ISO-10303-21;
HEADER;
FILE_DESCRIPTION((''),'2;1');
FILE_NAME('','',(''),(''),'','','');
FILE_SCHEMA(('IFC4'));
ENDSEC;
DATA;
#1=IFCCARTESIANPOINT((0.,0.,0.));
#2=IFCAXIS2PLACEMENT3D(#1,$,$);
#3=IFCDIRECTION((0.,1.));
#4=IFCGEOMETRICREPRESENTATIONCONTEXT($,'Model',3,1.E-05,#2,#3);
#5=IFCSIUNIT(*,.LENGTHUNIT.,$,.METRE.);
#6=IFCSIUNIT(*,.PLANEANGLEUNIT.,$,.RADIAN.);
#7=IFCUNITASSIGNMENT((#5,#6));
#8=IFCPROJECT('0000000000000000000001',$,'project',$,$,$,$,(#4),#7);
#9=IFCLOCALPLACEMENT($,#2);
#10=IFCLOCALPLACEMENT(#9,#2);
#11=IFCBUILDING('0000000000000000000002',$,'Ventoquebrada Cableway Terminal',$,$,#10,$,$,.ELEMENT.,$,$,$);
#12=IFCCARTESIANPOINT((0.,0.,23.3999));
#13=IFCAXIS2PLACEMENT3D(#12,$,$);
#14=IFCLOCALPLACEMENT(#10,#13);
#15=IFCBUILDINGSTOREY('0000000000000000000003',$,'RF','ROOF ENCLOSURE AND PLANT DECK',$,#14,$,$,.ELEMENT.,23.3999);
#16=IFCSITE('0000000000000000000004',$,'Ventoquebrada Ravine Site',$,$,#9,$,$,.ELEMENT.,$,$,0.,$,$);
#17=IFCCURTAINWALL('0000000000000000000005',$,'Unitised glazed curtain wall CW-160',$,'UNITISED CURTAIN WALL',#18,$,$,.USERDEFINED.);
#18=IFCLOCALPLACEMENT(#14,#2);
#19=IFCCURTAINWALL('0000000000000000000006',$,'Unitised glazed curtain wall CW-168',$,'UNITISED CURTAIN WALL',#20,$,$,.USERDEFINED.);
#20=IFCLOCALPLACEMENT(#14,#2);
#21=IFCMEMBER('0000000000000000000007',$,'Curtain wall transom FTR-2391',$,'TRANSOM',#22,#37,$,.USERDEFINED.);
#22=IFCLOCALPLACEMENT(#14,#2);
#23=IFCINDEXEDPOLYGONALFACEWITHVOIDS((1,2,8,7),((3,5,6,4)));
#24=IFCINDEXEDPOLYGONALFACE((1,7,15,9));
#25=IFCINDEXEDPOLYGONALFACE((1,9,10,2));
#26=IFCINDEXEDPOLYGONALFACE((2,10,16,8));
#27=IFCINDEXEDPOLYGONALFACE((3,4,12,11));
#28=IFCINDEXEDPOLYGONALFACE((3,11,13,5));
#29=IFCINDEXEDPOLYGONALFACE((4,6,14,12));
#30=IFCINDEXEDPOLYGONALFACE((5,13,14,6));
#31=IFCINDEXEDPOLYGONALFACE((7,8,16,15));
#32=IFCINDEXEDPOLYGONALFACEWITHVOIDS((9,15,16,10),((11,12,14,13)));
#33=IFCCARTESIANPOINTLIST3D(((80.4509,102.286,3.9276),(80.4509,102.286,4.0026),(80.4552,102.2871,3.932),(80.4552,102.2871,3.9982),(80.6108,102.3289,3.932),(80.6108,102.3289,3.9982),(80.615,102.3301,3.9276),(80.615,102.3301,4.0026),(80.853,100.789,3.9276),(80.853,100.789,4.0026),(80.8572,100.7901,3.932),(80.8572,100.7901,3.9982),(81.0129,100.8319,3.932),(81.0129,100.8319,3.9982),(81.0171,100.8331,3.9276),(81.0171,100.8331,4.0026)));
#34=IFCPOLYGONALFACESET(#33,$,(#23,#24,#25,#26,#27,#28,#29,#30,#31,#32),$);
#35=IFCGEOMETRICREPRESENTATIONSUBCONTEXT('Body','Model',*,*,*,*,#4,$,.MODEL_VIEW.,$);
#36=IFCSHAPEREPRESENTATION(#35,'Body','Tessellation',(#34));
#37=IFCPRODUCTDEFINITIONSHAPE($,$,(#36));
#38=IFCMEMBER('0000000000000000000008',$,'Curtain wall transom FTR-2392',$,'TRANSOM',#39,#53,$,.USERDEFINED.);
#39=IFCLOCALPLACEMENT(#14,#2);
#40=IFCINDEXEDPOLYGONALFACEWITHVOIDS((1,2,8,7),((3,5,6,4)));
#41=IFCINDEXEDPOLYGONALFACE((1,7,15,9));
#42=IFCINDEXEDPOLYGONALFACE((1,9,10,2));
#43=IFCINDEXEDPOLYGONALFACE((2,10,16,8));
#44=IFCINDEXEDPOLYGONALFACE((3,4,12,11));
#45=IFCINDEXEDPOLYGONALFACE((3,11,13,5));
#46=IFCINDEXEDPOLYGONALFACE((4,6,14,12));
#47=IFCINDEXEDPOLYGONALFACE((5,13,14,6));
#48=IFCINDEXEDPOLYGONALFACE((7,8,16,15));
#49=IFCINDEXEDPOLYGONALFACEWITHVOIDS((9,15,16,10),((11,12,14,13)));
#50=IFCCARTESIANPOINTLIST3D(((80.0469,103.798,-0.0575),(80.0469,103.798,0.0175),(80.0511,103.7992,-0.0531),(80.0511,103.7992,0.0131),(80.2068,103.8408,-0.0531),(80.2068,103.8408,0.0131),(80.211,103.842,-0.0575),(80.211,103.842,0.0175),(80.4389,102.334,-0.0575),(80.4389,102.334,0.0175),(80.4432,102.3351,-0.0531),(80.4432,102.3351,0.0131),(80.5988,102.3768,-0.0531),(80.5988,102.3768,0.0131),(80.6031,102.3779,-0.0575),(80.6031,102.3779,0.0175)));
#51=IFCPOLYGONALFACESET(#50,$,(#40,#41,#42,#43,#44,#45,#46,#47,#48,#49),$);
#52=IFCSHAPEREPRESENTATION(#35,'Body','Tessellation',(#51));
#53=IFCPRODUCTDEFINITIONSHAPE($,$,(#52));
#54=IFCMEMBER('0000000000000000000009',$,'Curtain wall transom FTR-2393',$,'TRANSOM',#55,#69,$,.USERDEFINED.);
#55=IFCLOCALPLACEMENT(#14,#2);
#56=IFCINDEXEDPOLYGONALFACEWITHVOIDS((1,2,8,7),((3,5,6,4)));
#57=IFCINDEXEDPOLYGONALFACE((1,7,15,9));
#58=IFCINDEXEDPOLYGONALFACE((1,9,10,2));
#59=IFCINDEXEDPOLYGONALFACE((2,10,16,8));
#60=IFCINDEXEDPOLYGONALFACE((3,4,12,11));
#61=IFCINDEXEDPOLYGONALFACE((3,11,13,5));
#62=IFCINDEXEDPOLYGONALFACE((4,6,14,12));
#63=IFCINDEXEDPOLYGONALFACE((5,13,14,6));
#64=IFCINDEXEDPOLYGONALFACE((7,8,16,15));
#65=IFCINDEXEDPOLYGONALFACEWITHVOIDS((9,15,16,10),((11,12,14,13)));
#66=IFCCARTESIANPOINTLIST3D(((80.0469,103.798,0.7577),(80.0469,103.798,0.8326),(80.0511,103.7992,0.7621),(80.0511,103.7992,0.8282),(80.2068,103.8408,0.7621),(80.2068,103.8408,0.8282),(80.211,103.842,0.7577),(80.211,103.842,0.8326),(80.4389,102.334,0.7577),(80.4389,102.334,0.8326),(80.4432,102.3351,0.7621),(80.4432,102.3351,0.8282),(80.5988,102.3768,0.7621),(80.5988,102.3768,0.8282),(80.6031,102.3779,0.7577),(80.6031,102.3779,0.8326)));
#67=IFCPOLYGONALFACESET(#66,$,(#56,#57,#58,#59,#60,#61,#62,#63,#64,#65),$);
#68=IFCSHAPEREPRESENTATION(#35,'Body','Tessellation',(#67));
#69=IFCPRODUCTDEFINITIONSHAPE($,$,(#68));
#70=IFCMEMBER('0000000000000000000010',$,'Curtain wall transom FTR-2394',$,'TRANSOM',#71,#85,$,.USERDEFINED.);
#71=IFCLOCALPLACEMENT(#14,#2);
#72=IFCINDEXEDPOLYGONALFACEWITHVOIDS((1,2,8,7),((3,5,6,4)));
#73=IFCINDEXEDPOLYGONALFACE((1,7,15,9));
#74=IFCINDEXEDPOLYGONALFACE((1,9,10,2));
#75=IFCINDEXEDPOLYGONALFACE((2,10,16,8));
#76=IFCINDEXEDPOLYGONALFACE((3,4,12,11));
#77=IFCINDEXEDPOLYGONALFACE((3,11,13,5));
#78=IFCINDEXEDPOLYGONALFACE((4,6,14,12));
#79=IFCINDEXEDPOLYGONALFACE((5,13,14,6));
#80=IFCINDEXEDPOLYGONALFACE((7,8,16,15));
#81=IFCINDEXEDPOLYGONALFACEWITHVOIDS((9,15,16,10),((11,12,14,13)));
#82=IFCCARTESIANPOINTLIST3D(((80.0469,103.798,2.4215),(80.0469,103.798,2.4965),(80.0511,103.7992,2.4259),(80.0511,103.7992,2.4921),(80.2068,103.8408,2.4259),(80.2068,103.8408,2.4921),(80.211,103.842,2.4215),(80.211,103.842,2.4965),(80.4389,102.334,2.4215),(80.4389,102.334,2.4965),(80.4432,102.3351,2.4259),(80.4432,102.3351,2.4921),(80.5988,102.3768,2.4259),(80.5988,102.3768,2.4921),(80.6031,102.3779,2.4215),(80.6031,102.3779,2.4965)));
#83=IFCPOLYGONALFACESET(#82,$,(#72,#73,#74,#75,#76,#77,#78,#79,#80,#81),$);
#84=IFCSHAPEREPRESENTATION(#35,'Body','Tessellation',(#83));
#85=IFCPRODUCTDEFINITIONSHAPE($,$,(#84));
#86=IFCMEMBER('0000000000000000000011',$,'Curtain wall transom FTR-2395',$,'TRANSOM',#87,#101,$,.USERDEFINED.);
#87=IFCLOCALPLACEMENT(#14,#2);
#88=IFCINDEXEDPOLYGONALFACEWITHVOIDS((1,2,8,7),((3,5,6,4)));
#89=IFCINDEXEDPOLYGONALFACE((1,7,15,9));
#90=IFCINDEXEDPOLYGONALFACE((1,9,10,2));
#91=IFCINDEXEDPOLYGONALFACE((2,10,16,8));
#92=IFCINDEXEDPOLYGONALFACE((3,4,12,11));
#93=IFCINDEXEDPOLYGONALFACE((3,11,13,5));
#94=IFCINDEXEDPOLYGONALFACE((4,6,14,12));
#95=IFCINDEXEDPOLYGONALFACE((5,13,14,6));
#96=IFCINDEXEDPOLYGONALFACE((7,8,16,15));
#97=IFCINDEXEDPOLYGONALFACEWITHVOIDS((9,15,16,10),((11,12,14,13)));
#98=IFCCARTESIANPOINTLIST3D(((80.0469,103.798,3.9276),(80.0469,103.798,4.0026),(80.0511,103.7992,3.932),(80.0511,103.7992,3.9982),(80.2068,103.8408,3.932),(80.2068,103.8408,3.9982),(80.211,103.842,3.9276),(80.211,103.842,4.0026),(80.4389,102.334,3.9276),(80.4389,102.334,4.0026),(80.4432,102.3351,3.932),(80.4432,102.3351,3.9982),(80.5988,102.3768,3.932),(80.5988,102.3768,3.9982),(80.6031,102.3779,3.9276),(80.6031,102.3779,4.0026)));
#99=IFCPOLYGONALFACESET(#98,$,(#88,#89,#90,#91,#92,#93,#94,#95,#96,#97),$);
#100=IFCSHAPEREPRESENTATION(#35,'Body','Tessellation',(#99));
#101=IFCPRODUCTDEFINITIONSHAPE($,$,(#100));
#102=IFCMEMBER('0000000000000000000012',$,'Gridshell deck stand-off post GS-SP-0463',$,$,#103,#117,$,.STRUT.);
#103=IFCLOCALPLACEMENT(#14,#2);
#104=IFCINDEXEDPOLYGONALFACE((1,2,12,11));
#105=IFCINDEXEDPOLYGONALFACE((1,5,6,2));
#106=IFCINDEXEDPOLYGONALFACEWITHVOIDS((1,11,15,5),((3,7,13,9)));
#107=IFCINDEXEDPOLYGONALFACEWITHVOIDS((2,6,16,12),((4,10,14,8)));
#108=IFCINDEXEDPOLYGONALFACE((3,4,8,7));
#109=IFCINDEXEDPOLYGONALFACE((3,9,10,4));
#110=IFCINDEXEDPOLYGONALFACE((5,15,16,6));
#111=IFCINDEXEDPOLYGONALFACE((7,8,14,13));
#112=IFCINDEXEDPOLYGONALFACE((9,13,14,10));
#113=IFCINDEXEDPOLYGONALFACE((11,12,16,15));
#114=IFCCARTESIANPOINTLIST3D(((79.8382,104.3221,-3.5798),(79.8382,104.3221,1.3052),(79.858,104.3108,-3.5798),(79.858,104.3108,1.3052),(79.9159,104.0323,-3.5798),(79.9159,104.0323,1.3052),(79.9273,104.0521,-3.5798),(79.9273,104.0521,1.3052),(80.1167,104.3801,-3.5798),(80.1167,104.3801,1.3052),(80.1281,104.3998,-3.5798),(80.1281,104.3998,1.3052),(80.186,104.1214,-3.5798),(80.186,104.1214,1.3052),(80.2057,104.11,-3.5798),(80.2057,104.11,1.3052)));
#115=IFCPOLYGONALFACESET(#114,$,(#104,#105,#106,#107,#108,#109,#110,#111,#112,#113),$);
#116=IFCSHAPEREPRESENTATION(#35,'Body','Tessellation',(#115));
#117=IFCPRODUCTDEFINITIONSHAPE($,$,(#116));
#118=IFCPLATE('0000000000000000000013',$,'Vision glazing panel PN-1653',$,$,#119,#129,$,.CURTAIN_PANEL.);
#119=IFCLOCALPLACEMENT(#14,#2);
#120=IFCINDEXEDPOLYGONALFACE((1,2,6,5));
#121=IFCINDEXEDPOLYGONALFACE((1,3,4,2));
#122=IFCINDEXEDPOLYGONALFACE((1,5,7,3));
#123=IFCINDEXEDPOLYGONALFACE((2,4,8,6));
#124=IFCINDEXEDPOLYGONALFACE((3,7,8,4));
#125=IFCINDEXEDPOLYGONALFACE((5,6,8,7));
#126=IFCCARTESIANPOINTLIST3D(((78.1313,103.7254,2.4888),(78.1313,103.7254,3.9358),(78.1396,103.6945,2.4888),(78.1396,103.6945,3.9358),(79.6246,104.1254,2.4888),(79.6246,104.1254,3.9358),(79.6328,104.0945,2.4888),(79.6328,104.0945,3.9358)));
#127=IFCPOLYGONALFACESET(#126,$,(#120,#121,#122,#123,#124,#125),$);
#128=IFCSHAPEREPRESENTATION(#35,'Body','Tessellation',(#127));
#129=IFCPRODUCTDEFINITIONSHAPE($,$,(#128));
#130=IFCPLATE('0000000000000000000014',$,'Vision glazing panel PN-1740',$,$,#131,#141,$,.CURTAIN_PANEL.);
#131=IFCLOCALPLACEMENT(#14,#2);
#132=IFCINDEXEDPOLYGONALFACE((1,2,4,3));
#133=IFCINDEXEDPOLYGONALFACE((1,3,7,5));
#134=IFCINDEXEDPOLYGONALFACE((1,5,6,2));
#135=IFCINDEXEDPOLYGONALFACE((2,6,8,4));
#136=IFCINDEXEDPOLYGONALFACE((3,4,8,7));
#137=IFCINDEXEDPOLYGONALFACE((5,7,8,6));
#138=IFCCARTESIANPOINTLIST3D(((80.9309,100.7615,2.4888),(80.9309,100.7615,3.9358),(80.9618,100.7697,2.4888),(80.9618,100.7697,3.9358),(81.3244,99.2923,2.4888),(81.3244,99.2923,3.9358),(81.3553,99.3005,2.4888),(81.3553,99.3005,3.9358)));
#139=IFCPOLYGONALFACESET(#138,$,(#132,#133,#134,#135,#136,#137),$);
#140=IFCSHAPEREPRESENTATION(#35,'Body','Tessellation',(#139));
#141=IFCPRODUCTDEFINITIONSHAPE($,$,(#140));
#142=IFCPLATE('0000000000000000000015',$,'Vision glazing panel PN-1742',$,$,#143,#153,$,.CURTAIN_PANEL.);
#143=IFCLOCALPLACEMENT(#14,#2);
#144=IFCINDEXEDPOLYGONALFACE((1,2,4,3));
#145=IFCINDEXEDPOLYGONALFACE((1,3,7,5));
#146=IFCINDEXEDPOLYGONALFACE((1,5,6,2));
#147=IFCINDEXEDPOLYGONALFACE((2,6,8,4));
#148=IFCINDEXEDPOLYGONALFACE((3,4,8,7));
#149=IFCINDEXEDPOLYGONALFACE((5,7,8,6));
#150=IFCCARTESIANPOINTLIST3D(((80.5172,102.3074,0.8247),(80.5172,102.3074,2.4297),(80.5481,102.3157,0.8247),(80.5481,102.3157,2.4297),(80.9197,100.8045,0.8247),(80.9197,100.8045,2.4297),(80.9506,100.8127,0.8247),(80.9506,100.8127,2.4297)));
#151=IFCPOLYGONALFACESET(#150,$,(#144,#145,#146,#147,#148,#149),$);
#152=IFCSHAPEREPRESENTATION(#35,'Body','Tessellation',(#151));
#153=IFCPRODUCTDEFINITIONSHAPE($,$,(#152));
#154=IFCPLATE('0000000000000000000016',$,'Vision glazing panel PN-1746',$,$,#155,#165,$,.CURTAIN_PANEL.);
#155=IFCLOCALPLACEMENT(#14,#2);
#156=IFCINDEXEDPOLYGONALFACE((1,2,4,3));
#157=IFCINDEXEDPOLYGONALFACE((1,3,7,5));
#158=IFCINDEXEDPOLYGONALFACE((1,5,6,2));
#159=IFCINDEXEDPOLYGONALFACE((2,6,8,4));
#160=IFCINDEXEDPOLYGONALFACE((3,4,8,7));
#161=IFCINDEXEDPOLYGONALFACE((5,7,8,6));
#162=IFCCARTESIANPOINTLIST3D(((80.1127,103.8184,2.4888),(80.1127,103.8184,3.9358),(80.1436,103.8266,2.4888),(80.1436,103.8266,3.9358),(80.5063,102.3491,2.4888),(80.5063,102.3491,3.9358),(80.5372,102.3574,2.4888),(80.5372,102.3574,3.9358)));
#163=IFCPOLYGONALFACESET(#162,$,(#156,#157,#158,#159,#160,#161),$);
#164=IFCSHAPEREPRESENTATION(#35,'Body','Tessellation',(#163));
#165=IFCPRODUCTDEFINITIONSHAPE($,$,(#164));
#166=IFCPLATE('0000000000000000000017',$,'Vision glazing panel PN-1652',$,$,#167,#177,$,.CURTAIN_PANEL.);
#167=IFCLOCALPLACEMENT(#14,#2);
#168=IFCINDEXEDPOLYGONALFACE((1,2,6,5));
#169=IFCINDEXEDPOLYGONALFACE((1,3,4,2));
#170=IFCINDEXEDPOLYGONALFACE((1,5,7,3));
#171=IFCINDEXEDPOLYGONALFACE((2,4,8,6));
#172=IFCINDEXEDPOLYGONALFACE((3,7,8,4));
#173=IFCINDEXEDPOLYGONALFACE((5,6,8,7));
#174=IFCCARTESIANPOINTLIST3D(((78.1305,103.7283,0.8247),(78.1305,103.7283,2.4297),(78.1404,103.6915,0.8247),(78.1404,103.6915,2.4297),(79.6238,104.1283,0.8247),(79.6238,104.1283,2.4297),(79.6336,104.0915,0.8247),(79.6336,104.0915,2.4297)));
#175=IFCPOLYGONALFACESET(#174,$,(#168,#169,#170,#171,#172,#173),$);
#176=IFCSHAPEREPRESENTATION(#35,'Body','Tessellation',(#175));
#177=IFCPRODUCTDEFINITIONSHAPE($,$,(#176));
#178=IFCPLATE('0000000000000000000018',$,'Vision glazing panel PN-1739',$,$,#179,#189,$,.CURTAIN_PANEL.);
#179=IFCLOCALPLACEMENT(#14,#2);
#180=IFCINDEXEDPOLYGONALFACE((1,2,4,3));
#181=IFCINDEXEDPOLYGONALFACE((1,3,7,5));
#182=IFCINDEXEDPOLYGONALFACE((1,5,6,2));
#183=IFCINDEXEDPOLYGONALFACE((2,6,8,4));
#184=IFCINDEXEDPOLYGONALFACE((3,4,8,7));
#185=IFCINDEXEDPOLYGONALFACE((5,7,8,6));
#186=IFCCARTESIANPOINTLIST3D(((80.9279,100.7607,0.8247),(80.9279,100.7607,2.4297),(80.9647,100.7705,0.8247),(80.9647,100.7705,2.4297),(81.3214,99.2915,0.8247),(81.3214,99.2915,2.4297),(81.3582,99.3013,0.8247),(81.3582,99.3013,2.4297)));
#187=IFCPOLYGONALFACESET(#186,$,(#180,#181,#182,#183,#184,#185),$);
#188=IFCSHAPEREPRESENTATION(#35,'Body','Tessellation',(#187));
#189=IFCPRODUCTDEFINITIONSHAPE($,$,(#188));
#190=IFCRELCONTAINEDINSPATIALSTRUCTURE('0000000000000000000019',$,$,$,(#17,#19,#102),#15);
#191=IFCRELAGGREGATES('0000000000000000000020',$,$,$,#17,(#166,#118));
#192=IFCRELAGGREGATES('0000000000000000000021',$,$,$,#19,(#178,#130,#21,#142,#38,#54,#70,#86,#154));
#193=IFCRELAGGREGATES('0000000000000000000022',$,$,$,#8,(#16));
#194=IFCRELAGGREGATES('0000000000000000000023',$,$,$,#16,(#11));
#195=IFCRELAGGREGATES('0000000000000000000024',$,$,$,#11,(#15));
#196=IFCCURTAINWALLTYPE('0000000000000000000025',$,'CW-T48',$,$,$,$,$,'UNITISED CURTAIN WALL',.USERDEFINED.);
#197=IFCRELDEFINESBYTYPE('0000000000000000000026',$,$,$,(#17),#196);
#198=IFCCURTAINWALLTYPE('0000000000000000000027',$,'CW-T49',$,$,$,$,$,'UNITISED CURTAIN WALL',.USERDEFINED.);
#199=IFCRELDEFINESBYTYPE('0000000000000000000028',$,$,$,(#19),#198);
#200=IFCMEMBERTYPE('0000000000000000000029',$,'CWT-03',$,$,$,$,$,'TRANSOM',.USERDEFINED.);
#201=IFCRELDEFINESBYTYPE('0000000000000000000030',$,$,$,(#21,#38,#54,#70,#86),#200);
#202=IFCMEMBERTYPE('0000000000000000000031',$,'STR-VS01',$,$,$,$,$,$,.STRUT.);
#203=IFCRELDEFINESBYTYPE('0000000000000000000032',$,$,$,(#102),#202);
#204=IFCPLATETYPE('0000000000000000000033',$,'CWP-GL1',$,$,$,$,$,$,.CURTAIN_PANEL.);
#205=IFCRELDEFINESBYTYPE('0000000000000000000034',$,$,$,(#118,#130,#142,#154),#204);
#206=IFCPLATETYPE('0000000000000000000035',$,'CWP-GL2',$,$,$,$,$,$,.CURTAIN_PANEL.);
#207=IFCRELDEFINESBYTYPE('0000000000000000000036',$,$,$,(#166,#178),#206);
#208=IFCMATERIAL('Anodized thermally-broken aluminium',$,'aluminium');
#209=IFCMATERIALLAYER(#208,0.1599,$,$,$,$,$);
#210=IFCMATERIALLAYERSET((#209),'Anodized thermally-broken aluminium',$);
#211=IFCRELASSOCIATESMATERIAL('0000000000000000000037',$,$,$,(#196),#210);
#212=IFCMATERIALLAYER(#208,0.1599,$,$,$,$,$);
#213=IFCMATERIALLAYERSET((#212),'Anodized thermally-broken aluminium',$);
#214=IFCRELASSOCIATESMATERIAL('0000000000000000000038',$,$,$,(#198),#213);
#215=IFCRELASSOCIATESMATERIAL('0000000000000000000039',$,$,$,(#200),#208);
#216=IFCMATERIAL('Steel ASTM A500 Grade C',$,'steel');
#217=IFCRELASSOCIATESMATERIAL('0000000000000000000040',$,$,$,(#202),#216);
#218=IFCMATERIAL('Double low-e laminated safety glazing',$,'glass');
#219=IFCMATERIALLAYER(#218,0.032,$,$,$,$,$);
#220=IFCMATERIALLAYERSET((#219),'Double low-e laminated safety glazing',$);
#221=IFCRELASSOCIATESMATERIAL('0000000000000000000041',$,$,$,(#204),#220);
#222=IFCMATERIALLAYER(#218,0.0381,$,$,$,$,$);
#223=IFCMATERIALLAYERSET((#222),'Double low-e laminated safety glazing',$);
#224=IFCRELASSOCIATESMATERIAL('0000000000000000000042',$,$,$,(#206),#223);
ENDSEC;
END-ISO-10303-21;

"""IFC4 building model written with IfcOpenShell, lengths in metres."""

from ifc_helpers import new_model, si_unit, direction, frame, origin, origin_2d, place, context, subcontext, project, spatial, rectangle, hollow_rectangle, extrude, material, layer, layer_set, material_profile, profile_set, type_object, element, aggregate, save


model = new_model("IFC4")

# Units and contexts
model_context = context("Model", 3, precision=1e-05, world=origin(), true_north=direction((0.0, 1.0)))
body_context = subcontext(model_context, "Body", "Model", "MODEL_VIEW")
ifc_project = project(units=[si_unit("LENGTHUNIT", "METRE"), si_unit("PLANEANGLEUNIT", "RADIAN")], contexts=[model_context])

# Site, building, storey
site_placement = place(None, origin())
site = spatial("IfcSite", under=ifc_project, at=site_placement, Name="Ventoquebrada Ravine Site", CompositionType="ELEMENT", RefElevation=0.0)
building_placement = place(site_placement, origin())
building = spatial("IfcBuilding", under=site, at=building_placement, Name="Ventoquebrada Cableway Terminal", CompositionType="ELEMENT")
storey_placement = place(building_placement, frame((0.0, 0.0, 23.3999)))
storey = spatial("IfcBuildingStorey", under=building, at=storey_placement, Name="RF", Description="ROOF ENCLOSURE AND PLANT DECK", CompositionType="ELEMENT", Elevation=23.3999)

# Curtain wall
ifc_material_1 = material(Name="Anodized thermally-broken aluminium", Category="aluminium")
ifc_layer_1 = layer(ifc_material_1, 0.1599)
ifc_layer_set_1 = layer_set([ifc_layer_1], Name="Anodized thermally-broken aluminium")
curtain_wall_type_1 = type_object("IfcCurtainWallType", Name="CW-T48", ElementType="UNITISED CURTAIN WALL", PredefinedType="USERDEFINED", material=ifc_layer_set_1)
curtain_wall_1_placement = place(storey_placement, origin())
curtain_wall_1 = element("IfcCurtainWall", 1, at=curtain_wall_1_placement, inside=storey, type_object=curtain_wall_type_1, Name="Unitised glazed curtain wall CW-160", ObjectType="UNITISED CURTAIN WALL", PredefinedType="USERDEFINED")

# Curtain wall
ifc_layer_2 = layer(ifc_material_1, 0.1599)
ifc_layer_set_2 = layer_set([ifc_layer_2], Name="Anodized thermally-broken aluminium")
curtain_wall_type_2 = type_object("IfcCurtainWallType", Name="CW-T49", ElementType="UNITISED CURTAIN WALL", PredefinedType="USERDEFINED", material=ifc_layer_set_2)
curtain_wall_2_placement = place(storey_placement, origin())
curtain_wall_2 = element("IfcCurtainWall", 2, at=curtain_wall_2_placement, inside=storey, type_object=curtain_wall_type_2, Name="Unitised glazed curtain wall CW-168", ObjectType="UNITISED CURTAIN WALL", PredefinedType="USERDEFINED")

# Members
ifc_material_profile_1 = material_profile(ifc_material_1, hollow_rectangle(XDim=0.075, YDim=0.1699, WallThickness=0.0044, at=origin_2d()), Name="CW-TRN-75X170")
ifc_profile_set_1 = profile_set([ifc_material_profile_1], Name="Anodized thermally-broken aluminium")
member_type_1 = type_object("IfcMemberType", Name="CWT-03", ElementType="TRANSOM", PredefinedType="USERDEFINED", material=ifc_profile_set_1)
member_1_placement = place(storey_placement, frame((80.9351, 100.811, 3.9651), z_axis=(-0.259397, 0.965771, 0.0), x_axis=(0.0, 0.0, 1.0)))
member_1 = element("IfcMember", 3, at=member_1_placement, type_object=member_type_1, Name="Curtain wall transom FTR-2391", ObjectType="TRANSOM", PredefinedType="USERDEFINED", context=body_context, shape_type="SweptSolid", body=[
    extrude(hollow_rectangle(XDim=0.075, YDim=0.1699, WallThickness=0.0044, at=origin_2d()), origin(), (0.0, 0.0, 1.0), 1.55),
])
member_2_placement = place(storey_placement, frame((80.521, 102.356, -0.02), z_axis=(-0.258685, 0.965962, 0.0), x_axis=(0.0, 0.0, 1.0)))
member_2 = element("IfcMember", 4, at=member_2_placement, type_object=member_type_1, Name="Curtain wall transom FTR-2392", ObjectType="TRANSOM", PredefinedType="USERDEFINED", context=body_context, shape_type="SweptSolid", body=[
    extrude(hollow_rectangle(XDim=0.075, YDim=0.1699, WallThickness=0.0044, at=origin_2d()), origin(), (0.0, 0.0, 1.0), 1.5156),
])
member_3_placement = place(storey_placement, frame((80.521, 102.356, 0.7952), z_axis=(-0.258685, 0.965962, 0.0), x_axis=(0.0, 0.0, 1.0)))
member_3 = element("IfcMember", 5, at=member_3_placement, type_object=member_type_1, Name="Curtain wall transom FTR-2393", ObjectType="TRANSOM", PredefinedType="USERDEFINED", context=body_context, shape_type="SweptSolid", body=[
    extrude(hollow_rectangle(XDim=0.075, YDim=0.1699, WallThickness=0.0044, at=origin_2d()), origin(), (0.0, 0.0, 1.0), 1.5156),
])
member_4_placement = place(storey_placement, frame((80.521, 102.356, 2.459), z_axis=(-0.258685, 0.965962, 0.0), x_axis=(0.0, 0.0, 1.0)))
member_4 = element("IfcMember", 6, at=member_4_placement, type_object=member_type_1, Name="Curtain wall transom FTR-2394", ObjectType="TRANSOM", PredefinedType="USERDEFINED", context=body_context, shape_type="SweptSolid", body=[
    extrude(hollow_rectangle(XDim=0.075, YDim=0.1699, WallThickness=0.0044, at=origin_2d()), origin(), (0.0, 0.0, 1.0), 1.5156),
])
member_5_placement = place(storey_placement, frame((80.521, 102.356, 3.9651), z_axis=(-0.258685, 0.965962, 0.0), x_axis=(0.0, 0.0, 1.0)))
member_5 = element("IfcMember", 7, at=member_5_placement, type_object=member_type_1, Name="Curtain wall transom FTR-2395", ObjectType="TRANSOM", PredefinedType="USERDEFINED", context=body_context, shape_type="SweptSolid", body=[
    extrude(hollow_rectangle(XDim=0.075, YDim=0.1699, WallThickness=0.0044, at=origin_2d()), origin(), (0.0, 0.0, 1.0), 1.5156),
])
ifc_material_2 = material(Name="Steel ASTM A500 Grade C", Category="steel")
ifc_material_profile_2 = material_profile(ifc_material_2, hollow_rectangle(XDim=0.3, YDim=0.3, WallThickness=0.0161, at=origin_2d()), Name="HSS300X300X16")
ifc_profile_set_2 = profile_set([ifc_material_profile_2], Name="Steel ASTM A500 Grade C")
member_type_2 = type_object("IfcMemberType", Name="STR-VS01", PredefinedType="STRUT", material=ifc_profile_set_2)
member_6_placement = place(storey_placement, frame((80.022, 104.2161, -3.5798), z_axis=(0.0, 0.0, 1.0), x_axis=(0.965926, 0.258819, 0.0)))
element("IfcMember", 8, at=member_6_placement, inside=storey, type_object=member_type_2, Name="Gridshell deck stand-off post GS-SP-0463", PredefinedType="STRUT", context=body_context, shape_type="SweptSolid", body=[
    extrude(hollow_rectangle(XDim=0.3, YDim=0.3, WallThickness=0.0161, at=origin_2d()), origin(), (0.0, 0.0, 1.0), 4.885),
])

# Plates
ifc_material_3 = material(Name="Double low-e laminated safety glazing", Category="glass")
ifc_layer_3 = layer(ifc_material_3, 0.032)
ifc_layer_set_3 = layer_set([ifc_layer_3], Name="Double low-e laminated safety glazing")
plate_type_1 = type_object("IfcPlateType", Name="CWP-GL1", PredefinedType="CURTAIN_PANEL", material=ifc_layer_set_3)
plate_1_placement = place(storey_placement, frame((78.8821, 103.9099, 2.4888), z_axis=(0.0, 0.0, 1.0), x_axis=(-0.965944, -0.258752, 0.0)))
plate_1 = element("IfcPlate", 9, at=plate_1_placement, type_object=plate_type_1, Name="Vision glazing panel PN-1653", PredefinedType="CURTAIN_PANEL", context=body_context, shape_type="SweptSolid", body=[
    extrude(rectangle(XDim=1.5459, YDim=0.032, at=origin_2d()), origin(), (0.0, 0.0, 1.0), 1.447),
])
plate_2_placement = place(storey_placement, frame((81.1431, 100.031, 2.4888), z_axis=(0.0, 0.0, 1.0), x_axis=(-0.258718, 0.965953, 0.0)))
plate_2 = element("IfcPlate", 10, at=plate_2_placement, type_object=plate_type_1, Name="Vision glazing panel PN-1740", PredefinedType="CURTAIN_PANEL", context=body_context, shape_type="SweptSolid", body=[
    extrude(rectangle(XDim=1.521, YDim=0.032, at=origin_2d()), origin(), (0.0, 0.0, 1.0), 1.447),
])
plate_3_placement = place(storey_placement, frame((80.7339, 101.5601, 0.8247), z_axis=(0.0, 0.0, 1.0), x_axis=(-0.258718, 0.965953, 0.0)))
plate_3 = element("IfcPlate", 11, at=plate_3_placement, type_object=plate_type_1, Name="Vision glazing panel PN-1742", PredefinedType="CURTAIN_PANEL", context=body_context, shape_type="SweptSolid", body=[
    extrude(rectangle(XDim=1.5559, YDim=0.032, at=origin_2d()), origin(), (0.0, 0.0, 1.0), 1.605),
])
plate_4_placement = place(storey_placement, frame((80.325, 103.0879, 2.4888), z_axis=(0.0, 0.0, 1.0), x_axis=(-0.258718, 0.965953, 0.0)))
plate_4 = element("IfcPlate", 12, at=plate_4_placement, type_object=plate_type_1, Name="Vision glazing panel PN-1746", PredefinedType="CURTAIN_PANEL", context=body_context, shape_type="SweptSolid", body=[
    extrude(rectangle(XDim=1.521, YDim=0.032, at=origin_2d()), origin(), (0.0, 0.0, 1.0), 1.447),
])
ifc_layer_4 = layer(ifc_material_3, 0.0381)
ifc_layer_set_4 = layer_set([ifc_layer_4], Name="Double low-e laminated safety glazing")
plate_type_2 = type_object("IfcPlateType", Name="CWP-GL2", PredefinedType="CURTAIN_PANEL", material=ifc_layer_set_4)
plate_5_placement = place(storey_placement, frame((78.8821, 103.9099, 0.8247), z_axis=(0.0, 0.0, 1.0), x_axis=(-0.965944, -0.258752, 0.0)))
plate_5 = element("IfcPlate", 13, at=plate_5_placement, type_object=plate_type_2, Name="Vision glazing panel PN-1652", PredefinedType="CURTAIN_PANEL", context=body_context, shape_type="SweptSolid", body=[
    extrude(rectangle(XDim=1.5459, YDim=0.0381, at=origin_2d()), origin(), (0.0, 0.0, 1.0), 1.605),
])
plate_6_placement = place(storey_placement, frame((81.1431, 100.031, 0.8247), z_axis=(0.0, 0.0, 1.0), x_axis=(-0.258718, 0.965953, 0.0)))
plate_6 = element("IfcPlate", 14, at=plate_6_placement, type_object=plate_type_2, Name="Vision glazing panel PN-1739", PredefinedType="CURTAIN_PANEL", context=body_context, shape_type="SweptSolid", body=[
    extrude(rectangle(XDim=1.521, YDim=0.0381, at=origin_2d()), origin(), (0.0, 0.0, 1.0), 1.605),
])
aggregate(curtain_wall_1, [plate_5, plate_1])
aggregate(curtain_wall_2, [plate_6, plate_2, member_1, plate_3, member_2, member_3, member_4, member_5, plate_4])

save(model, "model.ifc")
